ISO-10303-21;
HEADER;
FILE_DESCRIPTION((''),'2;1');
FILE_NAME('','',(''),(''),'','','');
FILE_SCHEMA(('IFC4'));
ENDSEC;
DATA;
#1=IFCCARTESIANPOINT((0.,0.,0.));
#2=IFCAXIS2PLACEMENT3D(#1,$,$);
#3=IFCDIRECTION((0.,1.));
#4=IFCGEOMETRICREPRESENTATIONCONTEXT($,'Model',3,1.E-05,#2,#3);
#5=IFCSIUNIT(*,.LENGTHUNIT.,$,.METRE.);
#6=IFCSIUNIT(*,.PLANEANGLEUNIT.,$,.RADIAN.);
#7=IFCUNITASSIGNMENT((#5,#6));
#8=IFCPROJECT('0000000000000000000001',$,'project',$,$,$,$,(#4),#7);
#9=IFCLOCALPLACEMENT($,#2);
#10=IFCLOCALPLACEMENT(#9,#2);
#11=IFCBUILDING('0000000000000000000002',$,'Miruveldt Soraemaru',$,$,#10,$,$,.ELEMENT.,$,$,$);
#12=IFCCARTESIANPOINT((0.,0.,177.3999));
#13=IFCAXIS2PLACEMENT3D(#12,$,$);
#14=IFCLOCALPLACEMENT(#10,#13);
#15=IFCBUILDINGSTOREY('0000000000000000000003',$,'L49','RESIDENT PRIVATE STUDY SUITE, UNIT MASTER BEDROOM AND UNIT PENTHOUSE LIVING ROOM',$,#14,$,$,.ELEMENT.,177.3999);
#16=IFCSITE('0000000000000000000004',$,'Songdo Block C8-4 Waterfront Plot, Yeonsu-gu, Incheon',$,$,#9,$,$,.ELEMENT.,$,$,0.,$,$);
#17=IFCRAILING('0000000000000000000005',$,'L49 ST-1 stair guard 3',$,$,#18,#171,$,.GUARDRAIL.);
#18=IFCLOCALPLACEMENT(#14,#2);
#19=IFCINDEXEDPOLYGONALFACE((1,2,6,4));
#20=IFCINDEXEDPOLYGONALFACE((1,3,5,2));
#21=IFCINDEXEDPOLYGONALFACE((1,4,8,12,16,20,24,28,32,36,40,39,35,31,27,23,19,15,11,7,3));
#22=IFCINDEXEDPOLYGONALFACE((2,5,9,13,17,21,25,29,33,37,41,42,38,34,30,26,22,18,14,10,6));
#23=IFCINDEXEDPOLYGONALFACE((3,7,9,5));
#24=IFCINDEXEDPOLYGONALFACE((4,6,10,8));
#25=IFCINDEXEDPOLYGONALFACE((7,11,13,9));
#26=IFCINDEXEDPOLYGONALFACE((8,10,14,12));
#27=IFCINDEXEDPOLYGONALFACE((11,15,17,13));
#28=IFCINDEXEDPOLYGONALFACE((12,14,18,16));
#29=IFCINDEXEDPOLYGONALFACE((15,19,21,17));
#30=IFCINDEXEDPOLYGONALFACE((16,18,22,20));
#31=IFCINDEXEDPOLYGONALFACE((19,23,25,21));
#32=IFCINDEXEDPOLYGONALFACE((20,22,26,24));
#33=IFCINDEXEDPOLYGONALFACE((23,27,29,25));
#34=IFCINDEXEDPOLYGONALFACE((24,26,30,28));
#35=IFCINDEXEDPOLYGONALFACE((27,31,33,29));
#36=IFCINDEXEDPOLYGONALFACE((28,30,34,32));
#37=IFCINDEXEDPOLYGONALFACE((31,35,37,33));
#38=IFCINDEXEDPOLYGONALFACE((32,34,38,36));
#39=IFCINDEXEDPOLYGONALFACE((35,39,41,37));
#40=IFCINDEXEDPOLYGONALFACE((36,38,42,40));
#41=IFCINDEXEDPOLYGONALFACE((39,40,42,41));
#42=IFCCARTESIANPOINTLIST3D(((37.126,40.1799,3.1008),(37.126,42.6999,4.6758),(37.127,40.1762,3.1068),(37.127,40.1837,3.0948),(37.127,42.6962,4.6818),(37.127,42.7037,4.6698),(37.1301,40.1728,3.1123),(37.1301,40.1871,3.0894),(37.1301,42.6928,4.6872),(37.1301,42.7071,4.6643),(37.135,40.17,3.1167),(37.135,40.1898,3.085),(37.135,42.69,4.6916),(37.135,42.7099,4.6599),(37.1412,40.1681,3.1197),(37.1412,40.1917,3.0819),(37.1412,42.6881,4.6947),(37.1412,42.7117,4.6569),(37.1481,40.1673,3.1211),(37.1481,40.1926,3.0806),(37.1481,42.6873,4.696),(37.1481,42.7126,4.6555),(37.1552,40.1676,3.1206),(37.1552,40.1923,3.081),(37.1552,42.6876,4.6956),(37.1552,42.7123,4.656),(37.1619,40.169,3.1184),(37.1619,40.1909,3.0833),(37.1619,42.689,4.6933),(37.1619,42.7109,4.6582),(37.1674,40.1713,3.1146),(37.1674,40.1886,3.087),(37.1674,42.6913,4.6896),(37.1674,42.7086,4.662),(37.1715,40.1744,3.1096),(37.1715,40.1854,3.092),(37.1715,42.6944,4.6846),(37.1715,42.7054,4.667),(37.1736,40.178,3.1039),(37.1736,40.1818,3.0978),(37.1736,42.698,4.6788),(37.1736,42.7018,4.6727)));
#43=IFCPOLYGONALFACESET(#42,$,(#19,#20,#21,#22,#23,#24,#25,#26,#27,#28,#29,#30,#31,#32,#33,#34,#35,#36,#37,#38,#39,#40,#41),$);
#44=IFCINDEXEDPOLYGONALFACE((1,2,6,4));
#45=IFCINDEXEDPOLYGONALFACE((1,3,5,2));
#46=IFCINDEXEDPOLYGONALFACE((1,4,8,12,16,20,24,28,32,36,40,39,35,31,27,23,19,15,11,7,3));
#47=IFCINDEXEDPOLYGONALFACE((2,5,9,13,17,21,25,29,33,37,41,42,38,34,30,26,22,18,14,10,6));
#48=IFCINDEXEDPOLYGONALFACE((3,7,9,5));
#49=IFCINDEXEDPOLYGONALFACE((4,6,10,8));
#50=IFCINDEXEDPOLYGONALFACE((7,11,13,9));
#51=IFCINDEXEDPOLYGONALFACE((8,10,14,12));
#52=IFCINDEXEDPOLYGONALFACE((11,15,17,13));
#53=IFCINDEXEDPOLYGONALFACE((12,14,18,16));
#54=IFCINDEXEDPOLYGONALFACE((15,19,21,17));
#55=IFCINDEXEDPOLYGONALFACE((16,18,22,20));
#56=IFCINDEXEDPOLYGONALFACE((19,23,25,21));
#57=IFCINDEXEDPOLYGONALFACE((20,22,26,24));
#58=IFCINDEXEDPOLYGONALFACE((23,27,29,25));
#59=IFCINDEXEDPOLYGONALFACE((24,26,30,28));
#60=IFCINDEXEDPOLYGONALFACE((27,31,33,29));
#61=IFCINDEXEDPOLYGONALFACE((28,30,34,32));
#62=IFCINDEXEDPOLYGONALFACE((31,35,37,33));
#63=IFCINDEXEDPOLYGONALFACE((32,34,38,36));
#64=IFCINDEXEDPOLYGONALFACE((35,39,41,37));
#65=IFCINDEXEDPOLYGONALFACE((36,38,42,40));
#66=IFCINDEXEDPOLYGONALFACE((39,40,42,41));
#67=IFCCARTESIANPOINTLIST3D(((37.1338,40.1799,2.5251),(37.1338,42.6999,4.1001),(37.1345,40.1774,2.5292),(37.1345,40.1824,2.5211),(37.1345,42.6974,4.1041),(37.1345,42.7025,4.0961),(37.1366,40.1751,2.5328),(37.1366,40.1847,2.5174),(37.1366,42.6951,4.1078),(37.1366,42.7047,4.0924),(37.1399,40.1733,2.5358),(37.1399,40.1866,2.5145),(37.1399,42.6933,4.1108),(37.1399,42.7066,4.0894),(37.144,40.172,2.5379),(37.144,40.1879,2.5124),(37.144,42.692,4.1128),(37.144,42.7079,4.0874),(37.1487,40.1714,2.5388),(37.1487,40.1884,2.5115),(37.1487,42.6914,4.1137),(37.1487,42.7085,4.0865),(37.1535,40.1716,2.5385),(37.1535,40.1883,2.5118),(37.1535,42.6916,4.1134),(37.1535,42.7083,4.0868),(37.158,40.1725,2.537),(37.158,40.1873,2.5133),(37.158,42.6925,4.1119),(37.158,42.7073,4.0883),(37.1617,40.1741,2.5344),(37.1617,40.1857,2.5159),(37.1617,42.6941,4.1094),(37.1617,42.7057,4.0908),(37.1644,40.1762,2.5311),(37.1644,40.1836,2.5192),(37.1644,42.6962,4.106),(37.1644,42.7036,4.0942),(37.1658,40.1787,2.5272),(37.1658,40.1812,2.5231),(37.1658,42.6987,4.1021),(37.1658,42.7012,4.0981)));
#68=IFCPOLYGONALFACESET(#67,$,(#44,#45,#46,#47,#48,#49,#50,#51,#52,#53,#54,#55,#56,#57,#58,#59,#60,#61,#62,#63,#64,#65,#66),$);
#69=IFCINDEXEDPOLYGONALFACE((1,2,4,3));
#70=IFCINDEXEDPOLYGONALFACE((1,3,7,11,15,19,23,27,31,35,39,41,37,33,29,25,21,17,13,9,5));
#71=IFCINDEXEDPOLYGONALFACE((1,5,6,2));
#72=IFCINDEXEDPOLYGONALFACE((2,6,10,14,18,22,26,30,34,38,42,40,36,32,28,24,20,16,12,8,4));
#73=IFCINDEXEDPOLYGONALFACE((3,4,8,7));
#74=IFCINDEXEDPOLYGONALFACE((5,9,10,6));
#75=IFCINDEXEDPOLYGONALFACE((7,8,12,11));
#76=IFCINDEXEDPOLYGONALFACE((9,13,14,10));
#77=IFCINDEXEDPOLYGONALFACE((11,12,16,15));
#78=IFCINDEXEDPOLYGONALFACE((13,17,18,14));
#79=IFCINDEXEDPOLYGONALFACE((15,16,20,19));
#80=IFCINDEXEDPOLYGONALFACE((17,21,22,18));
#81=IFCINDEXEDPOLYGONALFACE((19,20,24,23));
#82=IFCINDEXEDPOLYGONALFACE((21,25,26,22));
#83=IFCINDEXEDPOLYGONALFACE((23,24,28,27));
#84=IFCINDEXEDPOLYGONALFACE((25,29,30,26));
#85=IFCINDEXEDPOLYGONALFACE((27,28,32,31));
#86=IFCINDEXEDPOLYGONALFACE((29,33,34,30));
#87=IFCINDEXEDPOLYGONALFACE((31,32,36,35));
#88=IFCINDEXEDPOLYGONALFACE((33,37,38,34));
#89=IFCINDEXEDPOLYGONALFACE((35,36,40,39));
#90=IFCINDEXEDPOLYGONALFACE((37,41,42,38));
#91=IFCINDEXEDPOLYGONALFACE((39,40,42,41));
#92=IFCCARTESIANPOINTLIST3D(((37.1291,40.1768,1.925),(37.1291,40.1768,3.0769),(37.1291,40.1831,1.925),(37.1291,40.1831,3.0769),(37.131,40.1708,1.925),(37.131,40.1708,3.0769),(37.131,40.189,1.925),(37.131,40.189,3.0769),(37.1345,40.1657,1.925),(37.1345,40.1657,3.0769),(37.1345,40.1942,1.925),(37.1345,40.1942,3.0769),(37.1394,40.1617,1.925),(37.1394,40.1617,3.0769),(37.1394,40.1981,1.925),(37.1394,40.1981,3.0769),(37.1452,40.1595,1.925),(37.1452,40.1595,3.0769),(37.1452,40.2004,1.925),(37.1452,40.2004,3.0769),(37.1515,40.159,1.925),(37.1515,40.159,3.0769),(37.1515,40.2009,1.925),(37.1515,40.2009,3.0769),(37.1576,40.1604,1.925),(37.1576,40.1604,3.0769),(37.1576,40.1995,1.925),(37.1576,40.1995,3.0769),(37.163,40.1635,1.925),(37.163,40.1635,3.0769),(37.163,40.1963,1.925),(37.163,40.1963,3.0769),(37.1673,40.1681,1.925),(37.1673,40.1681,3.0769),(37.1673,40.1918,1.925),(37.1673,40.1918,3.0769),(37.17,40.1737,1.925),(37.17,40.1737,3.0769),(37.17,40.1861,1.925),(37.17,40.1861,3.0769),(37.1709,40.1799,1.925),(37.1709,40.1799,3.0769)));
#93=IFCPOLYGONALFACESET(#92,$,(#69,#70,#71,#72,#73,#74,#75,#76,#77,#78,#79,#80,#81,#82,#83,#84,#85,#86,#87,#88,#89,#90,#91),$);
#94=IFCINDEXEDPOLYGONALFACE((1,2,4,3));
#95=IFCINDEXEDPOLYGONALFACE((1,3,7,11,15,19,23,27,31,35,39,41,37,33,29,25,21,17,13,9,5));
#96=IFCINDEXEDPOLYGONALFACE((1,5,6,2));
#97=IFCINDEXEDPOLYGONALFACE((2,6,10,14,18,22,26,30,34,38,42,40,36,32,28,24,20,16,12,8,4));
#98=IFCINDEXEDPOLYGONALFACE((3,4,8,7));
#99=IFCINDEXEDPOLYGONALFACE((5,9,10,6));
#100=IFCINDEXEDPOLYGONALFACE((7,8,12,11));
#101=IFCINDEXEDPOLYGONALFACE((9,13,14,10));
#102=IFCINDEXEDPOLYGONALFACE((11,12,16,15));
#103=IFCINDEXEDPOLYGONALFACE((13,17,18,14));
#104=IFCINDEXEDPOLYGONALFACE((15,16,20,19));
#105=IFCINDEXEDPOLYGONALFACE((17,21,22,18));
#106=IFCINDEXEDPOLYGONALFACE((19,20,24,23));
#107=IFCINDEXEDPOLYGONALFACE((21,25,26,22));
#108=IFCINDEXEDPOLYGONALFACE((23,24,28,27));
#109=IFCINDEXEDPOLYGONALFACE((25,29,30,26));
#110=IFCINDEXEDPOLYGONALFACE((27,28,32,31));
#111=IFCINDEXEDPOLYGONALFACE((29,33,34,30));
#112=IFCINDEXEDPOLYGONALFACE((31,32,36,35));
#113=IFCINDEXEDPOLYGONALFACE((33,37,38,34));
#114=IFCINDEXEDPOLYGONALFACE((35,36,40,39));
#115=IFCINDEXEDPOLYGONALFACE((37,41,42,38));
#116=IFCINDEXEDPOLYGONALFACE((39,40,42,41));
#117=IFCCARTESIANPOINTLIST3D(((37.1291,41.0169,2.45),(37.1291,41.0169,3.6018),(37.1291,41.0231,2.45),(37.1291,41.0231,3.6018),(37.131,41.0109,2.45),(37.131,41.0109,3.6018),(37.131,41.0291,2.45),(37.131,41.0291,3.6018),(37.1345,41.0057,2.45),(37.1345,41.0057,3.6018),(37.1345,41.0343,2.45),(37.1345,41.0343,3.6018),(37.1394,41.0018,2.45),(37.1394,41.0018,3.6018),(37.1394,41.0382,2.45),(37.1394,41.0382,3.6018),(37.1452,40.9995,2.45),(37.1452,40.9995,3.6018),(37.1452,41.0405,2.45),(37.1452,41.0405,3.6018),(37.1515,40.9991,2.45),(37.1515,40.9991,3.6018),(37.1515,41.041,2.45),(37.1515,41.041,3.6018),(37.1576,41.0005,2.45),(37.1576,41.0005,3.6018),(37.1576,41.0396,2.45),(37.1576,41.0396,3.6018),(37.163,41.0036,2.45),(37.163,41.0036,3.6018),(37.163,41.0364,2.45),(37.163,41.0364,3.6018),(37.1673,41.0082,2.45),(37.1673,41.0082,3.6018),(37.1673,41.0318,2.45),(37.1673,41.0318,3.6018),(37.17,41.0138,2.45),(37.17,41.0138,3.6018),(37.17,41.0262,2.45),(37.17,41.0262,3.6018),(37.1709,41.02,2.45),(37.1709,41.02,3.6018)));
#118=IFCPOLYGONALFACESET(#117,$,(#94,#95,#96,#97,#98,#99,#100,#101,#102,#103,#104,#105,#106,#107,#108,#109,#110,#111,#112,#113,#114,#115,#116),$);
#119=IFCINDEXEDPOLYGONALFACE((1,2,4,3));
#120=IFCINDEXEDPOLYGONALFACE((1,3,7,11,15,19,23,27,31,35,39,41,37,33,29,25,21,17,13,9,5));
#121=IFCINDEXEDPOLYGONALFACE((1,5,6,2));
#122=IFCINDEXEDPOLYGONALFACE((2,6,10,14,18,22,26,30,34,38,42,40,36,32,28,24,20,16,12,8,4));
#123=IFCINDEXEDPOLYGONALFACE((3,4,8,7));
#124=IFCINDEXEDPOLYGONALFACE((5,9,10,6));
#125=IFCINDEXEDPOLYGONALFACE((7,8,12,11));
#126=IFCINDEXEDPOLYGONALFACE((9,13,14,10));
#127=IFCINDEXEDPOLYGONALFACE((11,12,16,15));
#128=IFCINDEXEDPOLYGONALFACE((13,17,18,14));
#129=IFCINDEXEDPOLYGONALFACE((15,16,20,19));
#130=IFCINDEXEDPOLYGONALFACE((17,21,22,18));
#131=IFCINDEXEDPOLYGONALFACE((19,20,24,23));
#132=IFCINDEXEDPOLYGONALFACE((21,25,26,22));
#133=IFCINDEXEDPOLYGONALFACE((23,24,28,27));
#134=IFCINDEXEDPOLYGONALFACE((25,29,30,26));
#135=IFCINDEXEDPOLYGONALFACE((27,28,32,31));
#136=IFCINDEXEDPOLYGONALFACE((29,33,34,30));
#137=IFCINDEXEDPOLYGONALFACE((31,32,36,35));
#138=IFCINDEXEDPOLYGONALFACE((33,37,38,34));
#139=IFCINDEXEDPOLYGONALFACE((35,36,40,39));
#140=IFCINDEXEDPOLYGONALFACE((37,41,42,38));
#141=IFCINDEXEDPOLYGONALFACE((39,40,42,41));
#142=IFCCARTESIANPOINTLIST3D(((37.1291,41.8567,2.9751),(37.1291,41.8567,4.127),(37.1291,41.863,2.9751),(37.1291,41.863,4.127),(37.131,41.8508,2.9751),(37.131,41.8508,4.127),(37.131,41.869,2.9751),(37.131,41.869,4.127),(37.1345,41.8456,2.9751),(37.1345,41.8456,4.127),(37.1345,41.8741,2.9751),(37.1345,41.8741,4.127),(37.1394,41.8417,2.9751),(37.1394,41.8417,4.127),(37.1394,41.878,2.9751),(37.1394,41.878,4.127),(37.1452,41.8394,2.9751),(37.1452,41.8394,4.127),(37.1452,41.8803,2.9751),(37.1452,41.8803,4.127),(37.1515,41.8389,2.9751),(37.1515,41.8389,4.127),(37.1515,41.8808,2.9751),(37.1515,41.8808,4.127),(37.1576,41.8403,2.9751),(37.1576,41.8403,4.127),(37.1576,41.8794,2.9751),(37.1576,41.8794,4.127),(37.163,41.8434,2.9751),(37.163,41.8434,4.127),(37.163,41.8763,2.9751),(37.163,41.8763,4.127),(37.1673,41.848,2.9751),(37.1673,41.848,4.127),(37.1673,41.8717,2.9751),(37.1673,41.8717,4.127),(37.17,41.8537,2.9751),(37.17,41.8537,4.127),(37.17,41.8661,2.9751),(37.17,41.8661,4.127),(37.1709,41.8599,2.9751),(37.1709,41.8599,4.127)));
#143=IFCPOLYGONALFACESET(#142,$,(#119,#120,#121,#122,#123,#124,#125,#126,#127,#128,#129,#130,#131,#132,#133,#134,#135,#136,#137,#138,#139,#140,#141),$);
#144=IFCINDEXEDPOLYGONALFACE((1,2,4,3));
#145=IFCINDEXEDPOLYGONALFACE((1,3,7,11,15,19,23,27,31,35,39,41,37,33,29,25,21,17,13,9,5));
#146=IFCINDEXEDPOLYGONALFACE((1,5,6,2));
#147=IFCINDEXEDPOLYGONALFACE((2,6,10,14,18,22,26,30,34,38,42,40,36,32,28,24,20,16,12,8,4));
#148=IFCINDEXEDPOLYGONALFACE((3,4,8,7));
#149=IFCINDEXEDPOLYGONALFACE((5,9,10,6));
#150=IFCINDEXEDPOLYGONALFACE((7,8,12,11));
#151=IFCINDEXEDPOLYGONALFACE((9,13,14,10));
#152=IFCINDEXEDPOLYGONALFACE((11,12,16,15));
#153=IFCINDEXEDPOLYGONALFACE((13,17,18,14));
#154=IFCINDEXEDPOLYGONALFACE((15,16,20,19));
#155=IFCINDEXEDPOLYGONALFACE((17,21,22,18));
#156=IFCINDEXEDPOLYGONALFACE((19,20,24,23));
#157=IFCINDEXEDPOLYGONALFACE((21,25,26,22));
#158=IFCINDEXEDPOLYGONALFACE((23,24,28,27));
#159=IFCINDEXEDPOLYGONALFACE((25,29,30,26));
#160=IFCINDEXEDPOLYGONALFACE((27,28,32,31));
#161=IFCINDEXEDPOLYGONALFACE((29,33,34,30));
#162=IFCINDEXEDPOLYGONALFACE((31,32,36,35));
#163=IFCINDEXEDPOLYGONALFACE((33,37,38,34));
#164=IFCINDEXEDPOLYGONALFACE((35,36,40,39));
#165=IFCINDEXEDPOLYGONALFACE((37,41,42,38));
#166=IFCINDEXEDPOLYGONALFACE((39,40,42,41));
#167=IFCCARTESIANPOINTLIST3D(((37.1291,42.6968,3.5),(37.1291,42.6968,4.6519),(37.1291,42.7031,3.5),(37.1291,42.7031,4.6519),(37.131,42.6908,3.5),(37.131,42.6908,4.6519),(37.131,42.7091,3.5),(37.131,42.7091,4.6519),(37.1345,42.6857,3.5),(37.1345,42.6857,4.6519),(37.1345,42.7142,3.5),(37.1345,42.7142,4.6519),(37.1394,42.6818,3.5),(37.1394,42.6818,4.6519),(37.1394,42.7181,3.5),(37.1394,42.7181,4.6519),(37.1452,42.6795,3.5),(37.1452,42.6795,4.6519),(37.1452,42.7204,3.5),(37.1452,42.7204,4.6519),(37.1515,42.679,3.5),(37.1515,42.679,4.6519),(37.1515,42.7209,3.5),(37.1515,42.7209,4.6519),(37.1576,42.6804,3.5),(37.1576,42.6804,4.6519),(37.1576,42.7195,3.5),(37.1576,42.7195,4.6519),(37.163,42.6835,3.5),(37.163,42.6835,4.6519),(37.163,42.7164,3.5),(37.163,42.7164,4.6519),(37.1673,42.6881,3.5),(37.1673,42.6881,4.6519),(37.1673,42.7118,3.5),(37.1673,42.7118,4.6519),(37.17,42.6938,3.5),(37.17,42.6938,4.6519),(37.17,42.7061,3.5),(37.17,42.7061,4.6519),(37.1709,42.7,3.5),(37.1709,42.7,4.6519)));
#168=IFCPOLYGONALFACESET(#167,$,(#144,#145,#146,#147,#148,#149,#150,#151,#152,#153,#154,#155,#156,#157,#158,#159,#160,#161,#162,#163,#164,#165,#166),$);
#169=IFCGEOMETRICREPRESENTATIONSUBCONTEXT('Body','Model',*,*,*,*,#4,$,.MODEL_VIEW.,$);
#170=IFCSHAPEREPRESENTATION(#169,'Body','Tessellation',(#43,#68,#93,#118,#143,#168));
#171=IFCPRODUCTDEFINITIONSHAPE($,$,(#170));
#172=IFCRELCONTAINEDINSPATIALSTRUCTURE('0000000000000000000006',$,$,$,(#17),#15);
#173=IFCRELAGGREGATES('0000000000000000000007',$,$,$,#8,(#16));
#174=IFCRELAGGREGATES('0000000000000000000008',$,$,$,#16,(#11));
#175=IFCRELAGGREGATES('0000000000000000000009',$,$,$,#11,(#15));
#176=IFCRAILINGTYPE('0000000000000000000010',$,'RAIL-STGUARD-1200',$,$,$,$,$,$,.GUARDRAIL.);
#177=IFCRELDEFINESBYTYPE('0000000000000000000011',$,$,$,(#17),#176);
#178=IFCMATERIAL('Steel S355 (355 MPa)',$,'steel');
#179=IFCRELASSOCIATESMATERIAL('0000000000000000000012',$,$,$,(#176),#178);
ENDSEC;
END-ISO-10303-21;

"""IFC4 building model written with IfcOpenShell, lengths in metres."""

from ifc_helpers import new_model, si_unit, direction, frame, origin, origin_2d, place, context, subcontext, project, spatial, circle, extrude, material, type_object, element, save


model = new_model("IFC4")

# Units and contexts
model_context = context("Model", 3, precision=1e-05, world=origin(), true_north=direction((0.0, 1.0)))
body_context = subcontext(model_context, "Body", "Model", "MODEL_VIEW")
ifc_project = project(units=[si_unit("LENGTHUNIT", "METRE"), si_unit("PLANEANGLEUNIT", "RADIAN")], contexts=[model_context])

# Site, building, storey
site_placement = place(None, origin())
site = spatial("IfcSite", under=ifc_project, at=site_placement, Name="Songdo Block C8-4 Waterfront Plot, Yeonsu-gu, Incheon", CompositionType="ELEMENT", RefElevation=0.0)
building_placement = place(site_placement, origin())
building = spatial("IfcBuilding", under=site, at=building_placement, Name="Miruveldt Soraemaru", CompositionType="ELEMENT")
storey_placement = place(building_placement, frame((0.0, 0.0, 177.3999)))
storey = spatial("IfcBuildingStorey", under=building, at=storey_placement, Name="L49", Description="RESIDENT PRIVATE STUDY SUITE, UNIT MASTER BEDROOM AND UNIT PENTHOUSE LIVING ROOM", CompositionType="ELEMENT", Elevation=177.3999)

# Railing
ifc_material_1 = material(Name="Steel S355 (355 MPa)", Category="steel")
railing_type_1 = type_object("IfcRailingType", Name="RAIL-STGUARD-1200", PredefinedType="GUARDRAIL", material=ifc_material_1)
railing_1_placement = place(storey_placement, frame((37.1499, 40.1799, 1.925)))
element("IfcRailing", 1, at=railing_1_placement, inside=storey, type_object=railing_type_1, Name="L49 ST-1 stair guard 3", PredefinedType="GUARDRAIL", context=body_context, shape_type="SweptSolid", body=[
    extrude(circle(Radius=0.0239, at=origin_2d()), frame((0.0, 0.0, 1.1758), z_axis=(0.0, 0.848008, 0.529984), x_axis=(-1.0, 0.0, 0.0)), (0.0, 0.0, 1.0), 2.9717),
    extrude(circle(Radius=0.0161, at=origin_2d()), frame((0.0, 0.0, 0.6001), z_axis=(0.0, 0.848008, 0.529984), x_axis=(-1.0, 0.0, 0.0)), (0.0, 0.0, 1.0), 2.9717),
    extrude(circle(Radius=0.021, at=origin_2d()), origin(), (0.0, 0.0, 1.0), 1.1519),
    extrude(circle(Radius=0.021, at=origin_2d()), frame((0.0, 0.8401, 0.5249)), (0.0, 0.0, 1.0), 1.1519),
    extrude(circle(Radius=0.021, at=origin_2d()), frame((0.0, 1.6799, 1.05)), (0.0, 0.0, 1.0), 1.1519),
    extrude(circle(Radius=0.021, at=origin_2d()), frame((0.0, 2.52, 1.575)), (0.0, 0.0, 1.0), 1.1519),
])

save(model, "model.ifc")
